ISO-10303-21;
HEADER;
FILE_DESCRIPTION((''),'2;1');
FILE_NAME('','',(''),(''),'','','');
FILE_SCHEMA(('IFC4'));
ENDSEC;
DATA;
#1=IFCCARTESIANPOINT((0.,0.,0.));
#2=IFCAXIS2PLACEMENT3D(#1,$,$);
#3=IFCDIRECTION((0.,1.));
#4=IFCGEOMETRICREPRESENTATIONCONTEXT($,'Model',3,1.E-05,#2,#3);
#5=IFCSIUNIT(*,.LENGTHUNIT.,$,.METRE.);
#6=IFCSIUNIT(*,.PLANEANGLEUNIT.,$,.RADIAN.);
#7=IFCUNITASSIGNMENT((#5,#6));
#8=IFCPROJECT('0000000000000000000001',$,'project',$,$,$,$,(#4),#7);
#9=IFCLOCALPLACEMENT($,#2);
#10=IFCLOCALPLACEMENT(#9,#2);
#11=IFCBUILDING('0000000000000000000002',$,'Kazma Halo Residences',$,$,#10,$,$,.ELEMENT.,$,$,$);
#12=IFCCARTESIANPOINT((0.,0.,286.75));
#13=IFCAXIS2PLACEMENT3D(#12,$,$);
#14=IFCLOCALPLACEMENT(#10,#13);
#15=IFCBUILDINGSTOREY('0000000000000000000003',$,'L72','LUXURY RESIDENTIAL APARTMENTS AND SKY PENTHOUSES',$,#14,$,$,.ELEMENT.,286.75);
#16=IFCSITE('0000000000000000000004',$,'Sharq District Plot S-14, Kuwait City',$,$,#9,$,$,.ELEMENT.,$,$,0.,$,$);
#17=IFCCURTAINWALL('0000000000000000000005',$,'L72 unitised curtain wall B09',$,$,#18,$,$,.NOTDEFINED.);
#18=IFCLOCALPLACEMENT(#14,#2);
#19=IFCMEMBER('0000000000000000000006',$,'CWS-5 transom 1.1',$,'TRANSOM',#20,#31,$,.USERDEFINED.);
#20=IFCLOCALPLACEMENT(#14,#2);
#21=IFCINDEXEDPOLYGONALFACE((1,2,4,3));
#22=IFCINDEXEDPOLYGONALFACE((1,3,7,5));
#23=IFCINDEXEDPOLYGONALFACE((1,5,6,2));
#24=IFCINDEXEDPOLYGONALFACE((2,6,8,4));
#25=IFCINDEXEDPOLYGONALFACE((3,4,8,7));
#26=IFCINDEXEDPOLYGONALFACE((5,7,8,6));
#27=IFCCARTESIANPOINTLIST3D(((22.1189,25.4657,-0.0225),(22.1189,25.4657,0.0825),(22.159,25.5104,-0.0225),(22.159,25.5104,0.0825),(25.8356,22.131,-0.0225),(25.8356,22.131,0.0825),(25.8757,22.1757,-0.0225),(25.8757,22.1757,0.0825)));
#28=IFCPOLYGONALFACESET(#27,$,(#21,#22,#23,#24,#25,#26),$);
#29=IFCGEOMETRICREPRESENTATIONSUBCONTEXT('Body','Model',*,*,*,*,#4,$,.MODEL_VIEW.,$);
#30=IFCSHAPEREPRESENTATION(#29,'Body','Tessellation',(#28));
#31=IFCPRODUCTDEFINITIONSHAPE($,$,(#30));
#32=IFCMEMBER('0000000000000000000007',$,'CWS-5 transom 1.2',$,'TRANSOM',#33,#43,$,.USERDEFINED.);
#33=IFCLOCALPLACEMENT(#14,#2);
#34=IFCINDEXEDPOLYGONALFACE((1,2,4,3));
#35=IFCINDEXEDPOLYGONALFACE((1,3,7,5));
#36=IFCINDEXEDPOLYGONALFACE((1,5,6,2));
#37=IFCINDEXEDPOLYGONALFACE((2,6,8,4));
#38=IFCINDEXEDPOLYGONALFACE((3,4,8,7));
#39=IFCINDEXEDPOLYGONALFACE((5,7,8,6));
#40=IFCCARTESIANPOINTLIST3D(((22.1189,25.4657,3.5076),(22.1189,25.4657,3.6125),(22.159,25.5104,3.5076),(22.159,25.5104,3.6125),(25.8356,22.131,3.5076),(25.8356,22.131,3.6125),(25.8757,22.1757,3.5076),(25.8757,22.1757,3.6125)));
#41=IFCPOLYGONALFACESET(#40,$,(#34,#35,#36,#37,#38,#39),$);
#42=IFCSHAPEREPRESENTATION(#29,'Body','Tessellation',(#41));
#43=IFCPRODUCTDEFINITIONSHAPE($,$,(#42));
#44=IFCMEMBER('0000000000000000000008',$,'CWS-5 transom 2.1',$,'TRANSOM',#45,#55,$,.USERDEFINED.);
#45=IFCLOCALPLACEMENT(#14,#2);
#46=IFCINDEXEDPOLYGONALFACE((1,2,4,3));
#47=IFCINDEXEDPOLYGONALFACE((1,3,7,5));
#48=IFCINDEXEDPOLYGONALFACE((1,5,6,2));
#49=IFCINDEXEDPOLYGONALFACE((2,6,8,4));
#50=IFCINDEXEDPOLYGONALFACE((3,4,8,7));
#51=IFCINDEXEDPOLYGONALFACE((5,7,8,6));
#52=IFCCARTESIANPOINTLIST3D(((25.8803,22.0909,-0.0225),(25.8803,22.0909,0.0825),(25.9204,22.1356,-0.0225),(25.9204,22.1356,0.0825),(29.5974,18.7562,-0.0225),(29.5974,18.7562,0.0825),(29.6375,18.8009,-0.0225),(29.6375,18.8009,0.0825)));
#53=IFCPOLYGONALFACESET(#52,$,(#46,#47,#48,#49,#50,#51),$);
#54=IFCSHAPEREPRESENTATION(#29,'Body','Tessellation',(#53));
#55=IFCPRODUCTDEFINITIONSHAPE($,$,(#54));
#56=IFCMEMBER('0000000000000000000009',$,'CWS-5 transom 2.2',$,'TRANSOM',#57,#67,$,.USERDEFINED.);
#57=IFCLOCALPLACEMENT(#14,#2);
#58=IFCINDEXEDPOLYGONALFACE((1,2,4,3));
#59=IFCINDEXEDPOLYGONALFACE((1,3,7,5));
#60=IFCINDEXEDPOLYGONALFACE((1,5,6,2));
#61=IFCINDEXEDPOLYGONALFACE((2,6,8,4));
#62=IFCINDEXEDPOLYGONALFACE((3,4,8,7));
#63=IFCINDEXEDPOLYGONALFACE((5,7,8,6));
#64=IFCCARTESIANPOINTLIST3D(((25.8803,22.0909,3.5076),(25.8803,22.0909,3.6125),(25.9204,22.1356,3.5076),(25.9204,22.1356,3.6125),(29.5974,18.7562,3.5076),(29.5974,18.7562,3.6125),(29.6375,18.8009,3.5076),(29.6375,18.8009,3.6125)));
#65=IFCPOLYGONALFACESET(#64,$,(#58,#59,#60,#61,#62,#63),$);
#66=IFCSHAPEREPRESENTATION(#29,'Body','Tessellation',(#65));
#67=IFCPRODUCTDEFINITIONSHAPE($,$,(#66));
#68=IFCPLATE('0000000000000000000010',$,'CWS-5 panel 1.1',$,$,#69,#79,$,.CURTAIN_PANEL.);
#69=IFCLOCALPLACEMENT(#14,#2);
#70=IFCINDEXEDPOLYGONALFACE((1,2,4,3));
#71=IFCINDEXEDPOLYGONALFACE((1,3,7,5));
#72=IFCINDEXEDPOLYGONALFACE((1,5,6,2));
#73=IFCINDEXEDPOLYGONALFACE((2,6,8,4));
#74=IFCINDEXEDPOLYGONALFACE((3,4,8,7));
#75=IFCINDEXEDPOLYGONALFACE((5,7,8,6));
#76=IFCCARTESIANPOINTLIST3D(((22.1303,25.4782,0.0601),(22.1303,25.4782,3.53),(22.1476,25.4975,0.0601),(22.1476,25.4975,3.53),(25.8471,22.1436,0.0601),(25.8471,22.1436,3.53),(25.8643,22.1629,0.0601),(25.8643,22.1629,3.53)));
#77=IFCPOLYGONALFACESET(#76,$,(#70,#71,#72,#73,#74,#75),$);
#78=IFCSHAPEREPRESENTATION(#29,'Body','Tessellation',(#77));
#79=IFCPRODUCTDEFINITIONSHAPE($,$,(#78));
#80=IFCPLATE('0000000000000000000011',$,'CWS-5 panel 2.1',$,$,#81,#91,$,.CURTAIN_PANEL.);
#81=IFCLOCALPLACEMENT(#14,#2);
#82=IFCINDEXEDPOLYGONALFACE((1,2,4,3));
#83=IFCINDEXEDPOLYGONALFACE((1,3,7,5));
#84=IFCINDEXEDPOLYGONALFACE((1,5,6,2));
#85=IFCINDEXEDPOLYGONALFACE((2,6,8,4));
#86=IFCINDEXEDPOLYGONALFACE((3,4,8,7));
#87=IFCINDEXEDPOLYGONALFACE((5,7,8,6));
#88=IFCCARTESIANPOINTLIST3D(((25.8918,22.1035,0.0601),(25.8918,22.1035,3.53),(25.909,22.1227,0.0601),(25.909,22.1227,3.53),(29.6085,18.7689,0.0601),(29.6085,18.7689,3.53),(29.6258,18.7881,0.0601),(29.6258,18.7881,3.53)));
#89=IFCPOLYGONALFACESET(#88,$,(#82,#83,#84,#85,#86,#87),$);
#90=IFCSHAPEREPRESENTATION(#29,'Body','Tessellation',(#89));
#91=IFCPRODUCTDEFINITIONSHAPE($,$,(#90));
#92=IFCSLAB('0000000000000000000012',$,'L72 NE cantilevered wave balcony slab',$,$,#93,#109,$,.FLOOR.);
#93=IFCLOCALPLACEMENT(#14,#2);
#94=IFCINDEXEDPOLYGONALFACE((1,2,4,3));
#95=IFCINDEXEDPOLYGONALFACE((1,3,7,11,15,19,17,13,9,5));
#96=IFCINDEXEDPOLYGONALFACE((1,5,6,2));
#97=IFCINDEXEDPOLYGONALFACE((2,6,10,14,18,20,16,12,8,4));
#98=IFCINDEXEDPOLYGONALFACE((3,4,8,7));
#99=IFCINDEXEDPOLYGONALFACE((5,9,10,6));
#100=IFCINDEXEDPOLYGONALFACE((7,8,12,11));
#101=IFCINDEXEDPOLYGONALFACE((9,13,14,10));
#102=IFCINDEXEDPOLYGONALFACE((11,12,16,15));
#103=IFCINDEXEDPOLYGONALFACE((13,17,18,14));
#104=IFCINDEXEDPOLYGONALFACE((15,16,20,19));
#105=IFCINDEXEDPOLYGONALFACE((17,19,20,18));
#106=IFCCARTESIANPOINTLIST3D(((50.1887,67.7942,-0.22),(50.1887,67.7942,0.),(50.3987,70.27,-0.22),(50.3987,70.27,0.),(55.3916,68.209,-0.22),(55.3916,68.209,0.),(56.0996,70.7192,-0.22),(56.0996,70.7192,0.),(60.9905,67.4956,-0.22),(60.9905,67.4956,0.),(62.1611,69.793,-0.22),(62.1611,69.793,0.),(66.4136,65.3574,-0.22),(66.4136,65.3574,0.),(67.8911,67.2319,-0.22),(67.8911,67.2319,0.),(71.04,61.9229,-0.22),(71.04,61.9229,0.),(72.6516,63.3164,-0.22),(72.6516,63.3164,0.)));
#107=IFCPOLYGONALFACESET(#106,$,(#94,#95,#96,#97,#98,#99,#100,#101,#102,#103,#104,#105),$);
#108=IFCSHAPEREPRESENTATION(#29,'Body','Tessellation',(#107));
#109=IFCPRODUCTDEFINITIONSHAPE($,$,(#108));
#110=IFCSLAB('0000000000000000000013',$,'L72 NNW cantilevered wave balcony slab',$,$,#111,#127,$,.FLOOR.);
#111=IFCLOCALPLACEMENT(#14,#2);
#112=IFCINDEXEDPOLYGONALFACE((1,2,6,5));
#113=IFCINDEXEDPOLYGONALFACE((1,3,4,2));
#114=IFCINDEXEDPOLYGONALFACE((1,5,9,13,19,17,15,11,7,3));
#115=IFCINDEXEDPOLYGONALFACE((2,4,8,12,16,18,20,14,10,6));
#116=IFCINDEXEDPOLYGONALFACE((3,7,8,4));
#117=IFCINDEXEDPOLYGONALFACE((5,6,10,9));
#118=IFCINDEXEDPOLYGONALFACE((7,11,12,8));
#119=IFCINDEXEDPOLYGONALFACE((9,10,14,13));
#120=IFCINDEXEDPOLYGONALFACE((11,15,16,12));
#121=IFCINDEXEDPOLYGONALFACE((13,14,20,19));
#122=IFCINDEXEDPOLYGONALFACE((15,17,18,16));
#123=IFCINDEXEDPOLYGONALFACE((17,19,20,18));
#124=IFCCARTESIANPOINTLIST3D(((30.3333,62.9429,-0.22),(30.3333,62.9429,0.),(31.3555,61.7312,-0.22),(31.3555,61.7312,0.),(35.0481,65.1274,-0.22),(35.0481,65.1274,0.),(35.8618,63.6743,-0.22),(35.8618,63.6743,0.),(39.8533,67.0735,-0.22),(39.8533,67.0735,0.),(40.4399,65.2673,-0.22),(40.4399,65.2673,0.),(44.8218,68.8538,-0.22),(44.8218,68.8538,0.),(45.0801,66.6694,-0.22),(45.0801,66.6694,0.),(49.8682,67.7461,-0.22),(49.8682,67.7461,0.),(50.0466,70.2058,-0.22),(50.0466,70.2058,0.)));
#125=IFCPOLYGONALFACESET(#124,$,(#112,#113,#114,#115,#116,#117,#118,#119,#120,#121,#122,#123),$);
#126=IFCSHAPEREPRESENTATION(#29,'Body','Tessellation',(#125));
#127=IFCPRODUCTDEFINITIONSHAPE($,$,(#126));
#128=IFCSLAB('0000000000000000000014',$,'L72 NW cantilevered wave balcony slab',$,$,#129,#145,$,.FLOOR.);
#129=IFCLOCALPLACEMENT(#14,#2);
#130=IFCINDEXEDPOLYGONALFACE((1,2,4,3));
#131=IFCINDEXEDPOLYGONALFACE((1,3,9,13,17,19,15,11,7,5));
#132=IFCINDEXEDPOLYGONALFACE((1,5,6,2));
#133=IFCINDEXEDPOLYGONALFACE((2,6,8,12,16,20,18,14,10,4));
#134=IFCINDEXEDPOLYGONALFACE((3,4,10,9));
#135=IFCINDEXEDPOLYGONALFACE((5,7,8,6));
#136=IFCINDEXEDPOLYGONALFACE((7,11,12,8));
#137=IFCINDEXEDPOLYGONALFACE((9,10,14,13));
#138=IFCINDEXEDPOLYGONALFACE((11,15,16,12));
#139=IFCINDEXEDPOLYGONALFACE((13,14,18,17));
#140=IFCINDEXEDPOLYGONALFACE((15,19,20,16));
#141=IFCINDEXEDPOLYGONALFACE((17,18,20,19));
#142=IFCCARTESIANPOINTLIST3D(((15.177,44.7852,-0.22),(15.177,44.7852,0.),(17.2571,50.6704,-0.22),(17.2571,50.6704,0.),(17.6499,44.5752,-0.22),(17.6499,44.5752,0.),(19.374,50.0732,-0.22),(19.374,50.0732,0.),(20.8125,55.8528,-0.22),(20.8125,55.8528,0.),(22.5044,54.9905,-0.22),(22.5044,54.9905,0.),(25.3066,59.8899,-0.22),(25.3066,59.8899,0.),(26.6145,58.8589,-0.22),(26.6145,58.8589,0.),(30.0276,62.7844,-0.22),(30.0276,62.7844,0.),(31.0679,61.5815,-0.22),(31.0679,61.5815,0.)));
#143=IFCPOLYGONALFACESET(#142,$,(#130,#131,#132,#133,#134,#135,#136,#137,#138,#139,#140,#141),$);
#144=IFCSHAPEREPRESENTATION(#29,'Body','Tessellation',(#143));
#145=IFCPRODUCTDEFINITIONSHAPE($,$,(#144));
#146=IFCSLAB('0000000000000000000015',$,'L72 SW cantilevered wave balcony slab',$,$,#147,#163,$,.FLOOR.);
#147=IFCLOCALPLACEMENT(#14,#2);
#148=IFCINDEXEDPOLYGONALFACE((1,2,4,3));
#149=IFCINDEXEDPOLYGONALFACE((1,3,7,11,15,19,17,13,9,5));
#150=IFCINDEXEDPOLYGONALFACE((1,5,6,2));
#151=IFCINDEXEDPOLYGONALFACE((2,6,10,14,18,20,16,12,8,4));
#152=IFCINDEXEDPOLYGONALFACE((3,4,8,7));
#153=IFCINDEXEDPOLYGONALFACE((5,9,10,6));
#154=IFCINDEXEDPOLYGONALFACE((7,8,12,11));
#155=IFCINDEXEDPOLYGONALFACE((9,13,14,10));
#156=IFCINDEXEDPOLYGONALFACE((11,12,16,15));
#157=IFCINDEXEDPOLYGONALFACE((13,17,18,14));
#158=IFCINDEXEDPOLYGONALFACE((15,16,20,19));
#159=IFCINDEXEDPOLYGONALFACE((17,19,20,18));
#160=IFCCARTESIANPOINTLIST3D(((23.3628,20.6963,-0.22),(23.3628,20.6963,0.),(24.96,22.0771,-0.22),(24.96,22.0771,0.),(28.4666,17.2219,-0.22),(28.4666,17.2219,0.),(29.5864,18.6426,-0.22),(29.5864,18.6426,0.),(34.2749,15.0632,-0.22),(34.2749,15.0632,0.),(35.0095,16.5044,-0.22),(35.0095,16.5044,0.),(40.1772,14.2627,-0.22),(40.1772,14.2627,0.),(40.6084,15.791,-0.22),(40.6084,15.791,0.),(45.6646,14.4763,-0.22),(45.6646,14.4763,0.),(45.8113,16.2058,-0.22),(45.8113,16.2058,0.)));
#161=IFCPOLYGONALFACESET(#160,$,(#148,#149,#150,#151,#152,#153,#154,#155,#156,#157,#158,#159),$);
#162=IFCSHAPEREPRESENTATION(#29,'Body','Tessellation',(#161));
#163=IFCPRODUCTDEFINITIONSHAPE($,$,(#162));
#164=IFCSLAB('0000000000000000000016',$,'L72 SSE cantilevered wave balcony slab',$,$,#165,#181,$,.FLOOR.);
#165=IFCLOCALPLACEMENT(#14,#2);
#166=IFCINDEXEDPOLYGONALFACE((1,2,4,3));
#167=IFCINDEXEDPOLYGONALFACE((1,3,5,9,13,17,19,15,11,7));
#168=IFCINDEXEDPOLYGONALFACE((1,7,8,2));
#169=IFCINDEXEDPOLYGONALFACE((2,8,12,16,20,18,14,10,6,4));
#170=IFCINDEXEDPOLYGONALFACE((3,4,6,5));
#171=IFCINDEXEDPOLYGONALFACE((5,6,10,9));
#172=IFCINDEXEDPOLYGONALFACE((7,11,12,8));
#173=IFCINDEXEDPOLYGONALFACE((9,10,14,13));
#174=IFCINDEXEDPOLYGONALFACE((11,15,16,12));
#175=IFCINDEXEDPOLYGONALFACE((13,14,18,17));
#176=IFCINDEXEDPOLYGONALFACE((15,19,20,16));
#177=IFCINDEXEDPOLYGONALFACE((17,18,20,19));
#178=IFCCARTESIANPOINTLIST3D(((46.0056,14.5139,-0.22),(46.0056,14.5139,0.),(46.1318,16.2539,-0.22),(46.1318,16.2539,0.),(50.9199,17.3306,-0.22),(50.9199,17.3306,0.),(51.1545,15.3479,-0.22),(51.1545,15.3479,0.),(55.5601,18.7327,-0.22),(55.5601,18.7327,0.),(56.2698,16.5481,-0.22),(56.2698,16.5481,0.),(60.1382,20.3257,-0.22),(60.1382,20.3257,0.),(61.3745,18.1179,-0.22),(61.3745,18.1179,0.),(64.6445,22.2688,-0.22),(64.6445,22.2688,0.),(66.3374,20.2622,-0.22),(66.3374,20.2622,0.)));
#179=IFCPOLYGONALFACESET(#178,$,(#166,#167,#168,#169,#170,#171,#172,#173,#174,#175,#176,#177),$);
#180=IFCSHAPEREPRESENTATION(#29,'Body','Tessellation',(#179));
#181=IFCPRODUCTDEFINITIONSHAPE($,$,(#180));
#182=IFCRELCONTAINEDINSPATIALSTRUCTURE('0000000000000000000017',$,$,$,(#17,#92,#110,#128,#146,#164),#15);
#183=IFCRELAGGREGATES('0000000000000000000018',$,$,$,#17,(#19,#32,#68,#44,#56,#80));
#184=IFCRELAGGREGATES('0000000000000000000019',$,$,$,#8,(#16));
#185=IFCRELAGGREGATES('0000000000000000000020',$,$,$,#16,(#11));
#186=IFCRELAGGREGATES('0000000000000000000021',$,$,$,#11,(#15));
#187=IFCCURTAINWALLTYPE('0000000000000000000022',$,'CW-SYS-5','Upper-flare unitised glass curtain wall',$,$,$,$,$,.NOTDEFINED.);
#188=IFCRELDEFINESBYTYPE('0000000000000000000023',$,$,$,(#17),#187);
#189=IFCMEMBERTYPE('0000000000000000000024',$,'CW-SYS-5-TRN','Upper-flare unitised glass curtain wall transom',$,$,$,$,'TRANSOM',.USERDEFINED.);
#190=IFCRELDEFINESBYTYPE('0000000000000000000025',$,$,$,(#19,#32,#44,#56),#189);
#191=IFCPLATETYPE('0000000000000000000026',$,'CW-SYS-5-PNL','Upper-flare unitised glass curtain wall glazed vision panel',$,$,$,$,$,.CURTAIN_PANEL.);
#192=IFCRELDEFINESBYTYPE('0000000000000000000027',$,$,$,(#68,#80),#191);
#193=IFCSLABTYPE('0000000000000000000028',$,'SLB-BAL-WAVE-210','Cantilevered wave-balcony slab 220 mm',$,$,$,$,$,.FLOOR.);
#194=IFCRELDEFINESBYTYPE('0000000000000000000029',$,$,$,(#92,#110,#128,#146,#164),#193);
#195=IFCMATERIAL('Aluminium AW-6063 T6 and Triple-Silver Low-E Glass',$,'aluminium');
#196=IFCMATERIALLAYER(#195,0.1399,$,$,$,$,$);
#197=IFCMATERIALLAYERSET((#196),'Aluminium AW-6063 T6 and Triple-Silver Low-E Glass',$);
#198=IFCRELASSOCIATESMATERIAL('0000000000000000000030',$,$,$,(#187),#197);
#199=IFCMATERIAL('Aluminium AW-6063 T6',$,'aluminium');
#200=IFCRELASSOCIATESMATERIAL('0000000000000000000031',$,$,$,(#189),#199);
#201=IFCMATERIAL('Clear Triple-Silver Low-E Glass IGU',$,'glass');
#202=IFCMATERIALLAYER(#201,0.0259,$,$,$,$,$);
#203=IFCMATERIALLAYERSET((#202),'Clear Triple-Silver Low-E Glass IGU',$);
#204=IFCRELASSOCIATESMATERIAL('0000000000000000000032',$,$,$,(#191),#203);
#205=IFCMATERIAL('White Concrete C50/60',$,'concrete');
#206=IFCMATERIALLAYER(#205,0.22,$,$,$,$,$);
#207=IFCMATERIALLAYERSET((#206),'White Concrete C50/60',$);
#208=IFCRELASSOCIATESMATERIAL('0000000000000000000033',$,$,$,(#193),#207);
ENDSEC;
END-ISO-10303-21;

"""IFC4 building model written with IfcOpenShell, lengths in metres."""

from ifc_helpers import new_model, si_unit, direction, frame, origin, origin_2d, place, context, subcontext, project, spatial, polyline, rectangle, outline, extrude, material, layer, layer_set, material_profile, profile_set, type_object, element, aggregate, save


model = new_model("IFC4")

# Units and contexts
model_context = context("Model", 3, precision=1e-05, world=origin(), true_north=direction((0.0, 1.0)))
body_context = subcontext(model_context, "Body", "Model", "MODEL_VIEW")
ifc_project = project(units=[si_unit("LENGTHUNIT", "METRE"), si_unit("PLANEANGLEUNIT", "RADIAN")], contexts=[model_context])

# Site, building, storey
site_placement = place(None, origin())
site = spatial("IfcSite", under=ifc_project, at=site_placement, Name="Sharq District Plot S-14, Kuwait City", CompositionType="ELEMENT", RefElevation=0.0)
building_placement = place(site_placement, origin())
building = spatial("IfcBuilding", under=site, at=building_placement, Name="Kazma Halo Residences", CompositionType="ELEMENT")
storey_placement = place(building_placement, frame((0.0, 0.0, 286.75)))
storey = spatial("IfcBuildingStorey", under=building, at=storey_placement, Name="L72", Description="LUXURY RESIDENTIAL APARTMENTS AND SKY PENTHOUSES", CompositionType="ELEMENT", Elevation=286.75)

# Curtain wall, members, plates
ifc_material_1 = material(Name="Aluminium AW-6063 T6 and Triple-Silver Low-E Glass", Category="aluminium")
ifc_layer_1 = layer(ifc_material_1, 0.1399)
ifc_layer_set_1 = layer_set([ifc_layer_1], Name="Aluminium AW-6063 T6 and Triple-Silver Low-E Glass")
curtain_wall_type = type_object("IfcCurtainWallType", Name="CW-SYS-5", Description="Upper-flare unitised glass curtain wall", PredefinedType="NOTDEFINED", material=ifc_layer_set_1)
curtain_wall_placement = place(storey_placement, origin())
curtain_wall = element("IfcCurtainWall", 1, at=curtain_wall_placement, inside=storey, type_object=curtain_wall_type, Name="L72 unitised curtain wall B09", PredefinedType="NOTDEFINED")
ifc_material_2 = material(Name="Aluminium AW-6063 T6", Category="aluminium")
ifc_material_profile_1 = material_profile(ifc_material_2, rectangle(XDim=0.0601, YDim=0.105, at=origin_2d()), Name="CWT-60x105")
ifc_profile_set_1 = profile_set([ifc_material_profile_1], Name="Aluminium AW-6063 T6")
member_type_1 = type_object("IfcMemberType", Name="CW-SYS-5-TRN", Description="Upper-flare unitised glass curtain wall transom", ElementType="TRANSOM", PredefinedType="USERDEFINED", material=ifc_profile_set_1)
member_1_placement = place(storey_placement, frame((22.1389, 25.488, 0.03), z_axis=(0.744329, -0.667813, 0.0), x_axis=(0.667813, 0.744329, 0.0)))
member_1 = element("IfcMember", 2, at=member_1_placement, type_object=member_type_1, Name="CWS-5 transom 1.1", ObjectType="TRANSOM", PredefinedType="USERDEFINED", context=body_context, shape_type="SweptSolid", body=[
    extrude(rectangle(XDim=0.0601, YDim=0.105, at=origin_2d()), origin(), (0.0, 0.0, 1.0), 4.9934),
])
member_2_placement = place(storey_placement, frame((22.1389, 25.488, 3.5601), z_axis=(0.744329, -0.667813, 0.0), x_axis=(0.667813, 0.744329, 0.0)))
member_2 = element("IfcMember", 3, at=member_2_placement, type_object=member_type_1, Name="CWS-5 transom 1.2", ObjectType="TRANSOM", PredefinedType="USERDEFINED", context=body_context, shape_type="SweptSolid", body=[
    extrude(rectangle(XDim=0.0601, YDim=0.105, at=origin_2d()), origin(), (0.0, 0.0, 1.0), 4.9934),
])
member_3_placement = place(storey_placement, frame((25.9004, 22.1133, 0.03), z_axis=(0.744351, -0.667789, 0.0), x_axis=(0.667789, 0.744351, 0.0)))
member_3 = element("IfcMember", 4, at=member_3_placement, type_object=member_type_1, Name="CWS-5 transom 2.1", ObjectType="TRANSOM", PredefinedType="USERDEFINED", context=body_context, shape_type="SweptSolid", body=[
    extrude(rectangle(XDim=0.0601, YDim=0.105, at=origin_2d()), origin(), (0.0, 0.0, 1.0), 4.9937),
])
member_4_placement = place(storey_placement, frame((25.9004, 22.1133, 3.5601), z_axis=(0.744351, -0.667789, 0.0), x_axis=(0.667789, 0.744351, 0.0)))
member_4 = element("IfcMember", 5, at=member_4_placement, type_object=member_type_1, Name="CWS-5 transom 2.2", ObjectType="TRANSOM", PredefinedType="USERDEFINED", context=body_context, shape_type="SweptSolid", body=[
    extrude(rectangle(XDim=0.0601, YDim=0.105, at=origin_2d()), origin(), (0.0, 0.0, 1.0), 4.9937),
])
ifc_material_3 = material(Name="Clear Triple-Silver Low-E Glass IGU", Category="glass")
ifc_layer_2 = layer(ifc_material_3, 0.0259)
ifc_layer_set_2 = layer_set([ifc_layer_2], Name="Clear Triple-Silver Low-E Glass IGU")
plate_type = type_object("IfcPlateType", Name="CW-SYS-5-PNL", Description="Upper-flare unitised glass curtain wall glazed vision panel", PredefinedType="CURTAIN_PANEL", material=ifc_layer_set_2)
plate_1_placement = place(storey_placement, frame((23.9973, 23.8206, 0.0601), z_axis=(0.0, 0.0, 1.0), x_axis=(0.744336, -0.667805, 0.0)))
plate_1 = element("IfcPlate", 6, at=plate_1_placement, type_object=plate_type, Name="CWS-5 panel 1.1", PredefinedType="CURTAIN_PANEL", context=body_context, shape_type="SweptSolid", body=[
    extrude(rectangle(XDim=4.9934, YDim=0.0259, at=origin_2d()), origin(), (0.0, 0.0, 1.0), 3.47),
])
plate_2_placement = place(storey_placement, frame((27.7588, 20.4458, 0.0601), z_axis=(0.0, 0.0, 1.0), x_axis=(0.744336, -0.667805, 0.0)))
plate_2 = element("IfcPlate", 7, at=plate_2_placement, type_object=plate_type, Name="CWS-5 panel 2.1", PredefinedType="CURTAIN_PANEL", context=body_context, shape_type="SweptSolid", body=[
    extrude(rectangle(XDim=4.9934, YDim=0.0259, at=origin_2d()), origin(), (0.0, 0.0, 1.0), 3.47),
])
aggregate(curtain_wall, [member_1, member_2, plate_1, member_3, member_4, plate_2])

# Slabs
ifc_material_4 = material(Name="White Concrete C50/60", Category="concrete")
ifc_layer_3 = layer(ifc_material_4, 0.22)
ifc_layer_set_3 = layer_set([ifc_layer_3], Name="White Concrete C50/60")
slab_type_1 = type_object("IfcSlabType", Name="SLB-BAL-WAVE-210", Description="Cantilevered wave-balcony slab 220 mm", PredefinedType="FLOOR", material=ifc_layer_set_3)
slab_1_placement = place(storey_placement, frame((0.0, 0.0, -0.22)))
element("IfcSlab", 8, at=slab_1_placement, inside=storey, type_object=slab_type_1, Name="L72 NE cantilevered wave balcony slab", PredefinedType="FLOOR", context=body_context, shape_type="SweptSolid", body=[
    extrude(outline(polyline([(71.04, 61.9229), (66.4136, 65.3574), (60.9905, 67.4956), (55.3916, 68.209), (50.1887, 67.7942), (50.3987, 70.27), (56.0996, 70.7192), (62.1611, 69.793), (67.8911, 67.2319), (72.6516, 63.3164), (71.04, 61.9229)])), origin(), (0.0, 0.0, 1.0), 0.22),
])
slab_2_placement = place(storey_placement, frame((0.0, 0.0, -0.22)))
element("IfcSlab", 9, at=slab_2_placement, inside=storey, type_object=slab_type_1, Name="L72 NNW cantilevered wave balcony slab", PredefinedType="FLOOR", context=body_context, shape_type="SweptSolid", body=[
    extrude(outline(polyline([(49.8682, 67.7461), (45.0801, 66.6694), (40.4399, 65.2673), (35.8618, 63.6743), (31.3555, 61.7312), (30.3333, 62.9429), (35.0481, 65.1274), (39.8533, 67.0735), (44.8218, 68.8538), (50.0466, 70.2058), (49.8682, 67.7461)])), origin(), (0.0, 0.0, 1.0), 0.22),
])
slab_3_placement = place(storey_placement, frame((0.0, 0.0, -0.22)))
element("IfcSlab", 10, at=slab_3_placement, inside=storey, type_object=slab_type_1, Name="L72 NW cantilevered wave balcony slab", PredefinedType="FLOOR", context=body_context, shape_type="SweptSolid", body=[
    extrude(outline(polyline([(31.0679, 61.5815), (26.6145, 58.8589), (22.5044, 54.9905), (19.374, 50.0732), (17.6499, 44.5752), (15.177, 44.7852), (17.2571, 50.6704), (20.8125, 55.8528), (25.3066, 59.8899), (30.0276, 62.7844), (31.0679, 61.5815)])), origin(), (0.0, 0.0, 1.0), 0.22),
])
slab_4_placement = place(storey_placement, frame((0.0, 0.0, -0.22)))
element("IfcSlab", 11, at=slab_4_placement, inside=storey, type_object=slab_type_1, Name="L72 SW cantilevered wave balcony slab", PredefinedType="FLOOR", context=body_context, shape_type="SweptSolid", body=[
    extrude(outline(polyline([(24.96, 22.0771), (29.5864, 18.6426), (35.0095, 16.5044), (40.6084, 15.791), (45.8113, 16.2058), (45.6646, 14.4763), (40.1772, 14.2627), (34.2749, 15.0632), (28.4666, 17.2219), (23.3628, 20.6963), (24.96, 22.0771)])), origin(), (0.0, 0.0, 1.0), 0.22),
])
slab_5_placement = place(storey_placement, frame((0.0, 0.0, -0.22)))
element("IfcSlab", 12, at=slab_5_placement, inside=storey, type_object=slab_type_1, Name="L72 SSE cantilevered wave balcony slab", PredefinedType="FLOOR", context=body_context, shape_type="SweptSolid", body=[
    extrude(outline(polyline([(46.1318, 16.2539), (50.9199, 17.3306), (55.5601, 18.7327), (60.1382, 20.3257), (64.6445, 22.2688), (66.3374, 20.2622), (61.3745, 18.1179), (56.2698, 16.5481), (51.1545, 15.3479), (46.0056, 14.5139), (46.1318, 16.2539)])), origin(), (0.0, 0.0, 1.0), 0.22),
])

save(model, "model.ifc")
